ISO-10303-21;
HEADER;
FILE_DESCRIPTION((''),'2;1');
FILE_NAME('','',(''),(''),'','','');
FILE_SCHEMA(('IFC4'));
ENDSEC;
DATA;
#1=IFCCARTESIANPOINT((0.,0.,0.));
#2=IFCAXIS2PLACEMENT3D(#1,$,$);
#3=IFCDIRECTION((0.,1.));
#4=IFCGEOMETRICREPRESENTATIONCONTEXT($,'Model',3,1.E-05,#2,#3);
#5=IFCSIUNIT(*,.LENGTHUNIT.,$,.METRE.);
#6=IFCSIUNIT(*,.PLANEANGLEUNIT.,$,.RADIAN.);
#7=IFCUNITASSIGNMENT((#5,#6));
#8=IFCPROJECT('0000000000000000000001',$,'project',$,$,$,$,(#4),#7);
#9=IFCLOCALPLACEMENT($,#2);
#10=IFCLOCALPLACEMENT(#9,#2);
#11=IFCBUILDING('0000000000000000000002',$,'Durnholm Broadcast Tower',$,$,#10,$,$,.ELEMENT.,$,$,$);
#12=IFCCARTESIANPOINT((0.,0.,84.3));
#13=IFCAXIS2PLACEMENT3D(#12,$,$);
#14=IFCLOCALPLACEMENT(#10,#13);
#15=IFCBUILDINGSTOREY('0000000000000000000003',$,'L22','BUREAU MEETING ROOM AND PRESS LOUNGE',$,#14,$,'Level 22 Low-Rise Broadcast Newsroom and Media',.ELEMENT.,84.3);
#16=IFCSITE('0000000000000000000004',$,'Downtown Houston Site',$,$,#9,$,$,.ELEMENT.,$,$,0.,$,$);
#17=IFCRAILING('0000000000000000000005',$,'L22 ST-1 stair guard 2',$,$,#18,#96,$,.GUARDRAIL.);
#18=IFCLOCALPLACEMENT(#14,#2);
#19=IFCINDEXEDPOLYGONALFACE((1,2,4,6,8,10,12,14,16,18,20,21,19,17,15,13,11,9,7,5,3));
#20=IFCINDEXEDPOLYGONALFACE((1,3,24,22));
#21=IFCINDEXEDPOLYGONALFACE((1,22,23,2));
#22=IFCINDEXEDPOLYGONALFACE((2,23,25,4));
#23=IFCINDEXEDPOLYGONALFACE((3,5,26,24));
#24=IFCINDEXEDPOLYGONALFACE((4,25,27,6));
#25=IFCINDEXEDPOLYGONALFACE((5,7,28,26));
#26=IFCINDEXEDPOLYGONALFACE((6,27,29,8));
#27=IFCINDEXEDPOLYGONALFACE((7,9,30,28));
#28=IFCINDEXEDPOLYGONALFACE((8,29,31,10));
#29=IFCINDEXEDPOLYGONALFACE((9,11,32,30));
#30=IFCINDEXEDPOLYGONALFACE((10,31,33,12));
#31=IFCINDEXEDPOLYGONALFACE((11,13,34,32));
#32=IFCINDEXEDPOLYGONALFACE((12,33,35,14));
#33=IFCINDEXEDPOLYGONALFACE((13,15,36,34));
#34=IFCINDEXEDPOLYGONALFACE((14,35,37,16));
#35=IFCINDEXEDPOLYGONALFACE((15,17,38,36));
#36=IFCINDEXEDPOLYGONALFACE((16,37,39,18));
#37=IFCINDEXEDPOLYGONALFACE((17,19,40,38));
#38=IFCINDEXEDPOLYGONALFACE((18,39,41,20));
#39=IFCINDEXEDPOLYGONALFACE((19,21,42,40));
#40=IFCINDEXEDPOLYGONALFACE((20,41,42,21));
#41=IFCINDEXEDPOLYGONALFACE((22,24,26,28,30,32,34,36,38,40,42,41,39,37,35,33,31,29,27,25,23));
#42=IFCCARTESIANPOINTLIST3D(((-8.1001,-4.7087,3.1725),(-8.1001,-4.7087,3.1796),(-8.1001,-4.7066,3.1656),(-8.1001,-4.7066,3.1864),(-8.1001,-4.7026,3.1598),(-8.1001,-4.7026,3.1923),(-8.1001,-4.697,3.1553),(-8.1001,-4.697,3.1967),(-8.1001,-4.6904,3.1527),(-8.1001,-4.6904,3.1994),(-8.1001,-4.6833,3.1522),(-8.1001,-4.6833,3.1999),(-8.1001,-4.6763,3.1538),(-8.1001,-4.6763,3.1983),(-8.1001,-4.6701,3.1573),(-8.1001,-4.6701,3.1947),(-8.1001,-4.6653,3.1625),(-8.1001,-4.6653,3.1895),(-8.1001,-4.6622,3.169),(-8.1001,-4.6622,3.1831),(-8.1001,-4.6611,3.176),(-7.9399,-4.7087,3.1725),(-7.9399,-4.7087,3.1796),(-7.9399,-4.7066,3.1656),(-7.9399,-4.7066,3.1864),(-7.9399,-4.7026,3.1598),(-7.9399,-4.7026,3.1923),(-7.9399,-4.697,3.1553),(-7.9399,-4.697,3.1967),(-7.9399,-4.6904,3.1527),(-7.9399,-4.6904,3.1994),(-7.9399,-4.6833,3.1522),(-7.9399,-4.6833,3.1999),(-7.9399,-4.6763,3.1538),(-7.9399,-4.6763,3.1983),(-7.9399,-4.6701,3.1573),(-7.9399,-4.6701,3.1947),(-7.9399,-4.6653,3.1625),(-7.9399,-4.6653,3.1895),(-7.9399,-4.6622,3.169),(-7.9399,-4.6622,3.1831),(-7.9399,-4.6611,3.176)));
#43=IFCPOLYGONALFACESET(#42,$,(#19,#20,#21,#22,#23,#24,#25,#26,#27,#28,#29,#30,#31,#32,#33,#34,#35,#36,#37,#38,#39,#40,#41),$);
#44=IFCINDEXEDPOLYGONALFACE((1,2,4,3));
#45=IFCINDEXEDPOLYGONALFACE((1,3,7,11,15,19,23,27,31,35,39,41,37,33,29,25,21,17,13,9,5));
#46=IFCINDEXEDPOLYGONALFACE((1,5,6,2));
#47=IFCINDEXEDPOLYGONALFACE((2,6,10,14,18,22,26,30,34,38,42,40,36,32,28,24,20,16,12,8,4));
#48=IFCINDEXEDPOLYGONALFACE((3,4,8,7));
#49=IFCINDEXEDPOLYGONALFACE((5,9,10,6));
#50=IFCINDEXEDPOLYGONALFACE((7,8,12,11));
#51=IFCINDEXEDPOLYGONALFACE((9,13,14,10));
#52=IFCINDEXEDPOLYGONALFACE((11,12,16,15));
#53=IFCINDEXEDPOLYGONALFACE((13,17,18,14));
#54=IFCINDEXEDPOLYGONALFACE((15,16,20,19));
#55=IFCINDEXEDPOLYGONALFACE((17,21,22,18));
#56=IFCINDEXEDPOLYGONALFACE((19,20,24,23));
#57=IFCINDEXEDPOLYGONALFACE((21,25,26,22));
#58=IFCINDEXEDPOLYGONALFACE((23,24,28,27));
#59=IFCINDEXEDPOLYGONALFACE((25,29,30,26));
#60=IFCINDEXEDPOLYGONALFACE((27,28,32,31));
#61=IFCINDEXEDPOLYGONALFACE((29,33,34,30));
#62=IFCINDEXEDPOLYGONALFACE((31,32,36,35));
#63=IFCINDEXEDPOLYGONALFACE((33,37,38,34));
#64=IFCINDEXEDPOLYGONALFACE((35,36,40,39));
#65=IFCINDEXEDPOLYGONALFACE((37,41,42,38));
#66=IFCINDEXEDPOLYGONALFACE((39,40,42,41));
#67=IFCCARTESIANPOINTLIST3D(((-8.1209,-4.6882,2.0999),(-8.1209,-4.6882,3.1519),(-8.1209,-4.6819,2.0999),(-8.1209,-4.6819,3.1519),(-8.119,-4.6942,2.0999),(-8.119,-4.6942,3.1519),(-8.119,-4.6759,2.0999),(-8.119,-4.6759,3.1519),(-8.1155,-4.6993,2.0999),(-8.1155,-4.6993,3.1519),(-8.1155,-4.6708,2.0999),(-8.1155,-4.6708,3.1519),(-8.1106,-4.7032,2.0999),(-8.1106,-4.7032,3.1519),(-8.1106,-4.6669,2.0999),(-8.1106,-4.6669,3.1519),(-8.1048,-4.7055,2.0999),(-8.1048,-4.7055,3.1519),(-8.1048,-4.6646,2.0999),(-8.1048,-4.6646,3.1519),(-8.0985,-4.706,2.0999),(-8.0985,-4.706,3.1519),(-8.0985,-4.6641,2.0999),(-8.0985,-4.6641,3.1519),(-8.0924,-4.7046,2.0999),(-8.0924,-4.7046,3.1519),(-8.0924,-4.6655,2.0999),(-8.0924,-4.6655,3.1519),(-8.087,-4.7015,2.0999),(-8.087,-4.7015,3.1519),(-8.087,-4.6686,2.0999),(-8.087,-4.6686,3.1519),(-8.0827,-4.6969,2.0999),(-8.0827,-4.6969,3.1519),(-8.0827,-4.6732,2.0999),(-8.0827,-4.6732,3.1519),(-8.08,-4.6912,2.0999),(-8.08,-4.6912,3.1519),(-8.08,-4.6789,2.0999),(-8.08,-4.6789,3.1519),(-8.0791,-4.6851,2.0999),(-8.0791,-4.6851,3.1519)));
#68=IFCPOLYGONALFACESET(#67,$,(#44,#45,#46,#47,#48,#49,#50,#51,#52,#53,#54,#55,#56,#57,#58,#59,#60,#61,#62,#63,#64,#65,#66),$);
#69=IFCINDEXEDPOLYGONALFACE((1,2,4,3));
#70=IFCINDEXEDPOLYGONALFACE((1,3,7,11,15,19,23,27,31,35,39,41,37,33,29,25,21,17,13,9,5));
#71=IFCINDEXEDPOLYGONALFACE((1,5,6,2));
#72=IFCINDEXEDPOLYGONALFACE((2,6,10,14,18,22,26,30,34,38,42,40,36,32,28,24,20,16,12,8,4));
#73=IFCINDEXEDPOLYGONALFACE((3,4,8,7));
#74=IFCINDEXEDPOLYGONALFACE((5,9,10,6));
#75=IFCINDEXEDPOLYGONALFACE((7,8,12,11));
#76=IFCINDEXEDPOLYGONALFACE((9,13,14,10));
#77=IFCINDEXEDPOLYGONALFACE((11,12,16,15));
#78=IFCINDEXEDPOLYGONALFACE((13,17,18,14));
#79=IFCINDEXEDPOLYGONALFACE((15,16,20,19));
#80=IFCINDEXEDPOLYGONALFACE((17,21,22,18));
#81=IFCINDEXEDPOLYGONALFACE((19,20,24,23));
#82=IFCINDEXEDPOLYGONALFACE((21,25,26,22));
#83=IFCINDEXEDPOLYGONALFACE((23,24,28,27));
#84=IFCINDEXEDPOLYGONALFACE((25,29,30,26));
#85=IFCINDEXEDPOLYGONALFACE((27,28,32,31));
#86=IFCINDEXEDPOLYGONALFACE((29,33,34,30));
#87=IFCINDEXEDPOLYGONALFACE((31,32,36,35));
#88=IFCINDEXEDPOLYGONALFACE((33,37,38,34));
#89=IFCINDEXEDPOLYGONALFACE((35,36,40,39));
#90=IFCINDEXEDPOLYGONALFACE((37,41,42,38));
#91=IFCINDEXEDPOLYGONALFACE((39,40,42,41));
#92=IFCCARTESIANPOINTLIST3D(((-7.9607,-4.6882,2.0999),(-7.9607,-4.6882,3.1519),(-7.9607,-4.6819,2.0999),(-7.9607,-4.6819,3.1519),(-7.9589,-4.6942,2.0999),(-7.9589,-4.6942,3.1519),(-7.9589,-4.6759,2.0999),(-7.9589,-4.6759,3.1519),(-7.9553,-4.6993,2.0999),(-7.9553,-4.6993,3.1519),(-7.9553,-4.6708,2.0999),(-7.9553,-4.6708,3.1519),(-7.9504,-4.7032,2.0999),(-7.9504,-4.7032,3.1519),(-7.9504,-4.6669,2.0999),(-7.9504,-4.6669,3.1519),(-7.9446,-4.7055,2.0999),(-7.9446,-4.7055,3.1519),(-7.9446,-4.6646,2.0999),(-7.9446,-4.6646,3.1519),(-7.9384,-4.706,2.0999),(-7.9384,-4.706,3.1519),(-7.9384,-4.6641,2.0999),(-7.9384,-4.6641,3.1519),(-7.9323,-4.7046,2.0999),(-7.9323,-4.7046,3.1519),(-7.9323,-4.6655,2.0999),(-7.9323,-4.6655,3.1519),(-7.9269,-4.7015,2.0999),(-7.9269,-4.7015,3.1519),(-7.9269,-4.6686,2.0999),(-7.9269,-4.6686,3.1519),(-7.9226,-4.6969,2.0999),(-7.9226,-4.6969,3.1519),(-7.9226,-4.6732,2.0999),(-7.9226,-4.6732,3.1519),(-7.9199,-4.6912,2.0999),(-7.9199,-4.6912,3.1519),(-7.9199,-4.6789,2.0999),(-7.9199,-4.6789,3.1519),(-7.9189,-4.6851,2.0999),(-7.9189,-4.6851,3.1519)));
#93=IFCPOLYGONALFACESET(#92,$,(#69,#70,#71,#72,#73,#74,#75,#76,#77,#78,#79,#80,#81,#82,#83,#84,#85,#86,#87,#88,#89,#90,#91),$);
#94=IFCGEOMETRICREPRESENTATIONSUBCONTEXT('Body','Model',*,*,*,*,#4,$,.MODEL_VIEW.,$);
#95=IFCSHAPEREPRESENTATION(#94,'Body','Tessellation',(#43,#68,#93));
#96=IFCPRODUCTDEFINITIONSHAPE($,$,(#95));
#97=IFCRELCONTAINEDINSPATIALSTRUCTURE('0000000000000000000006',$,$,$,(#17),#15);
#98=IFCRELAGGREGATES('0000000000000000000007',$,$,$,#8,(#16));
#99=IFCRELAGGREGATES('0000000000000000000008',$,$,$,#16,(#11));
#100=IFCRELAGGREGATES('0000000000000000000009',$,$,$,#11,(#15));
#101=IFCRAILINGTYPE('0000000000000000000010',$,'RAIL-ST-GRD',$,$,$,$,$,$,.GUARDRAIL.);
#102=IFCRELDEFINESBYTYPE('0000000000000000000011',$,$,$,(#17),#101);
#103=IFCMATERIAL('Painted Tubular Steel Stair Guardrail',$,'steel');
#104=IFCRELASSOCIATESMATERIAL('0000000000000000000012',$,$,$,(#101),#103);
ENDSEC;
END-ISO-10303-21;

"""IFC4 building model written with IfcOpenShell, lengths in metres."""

from ifc_helpers import new_model, si_unit, direction, frame, origin, origin_2d, place, context, subcontext, project, spatial, circle, extrude, material, type_object, element, save


model = new_model("IFC4")

# Units and contexts
model_context = context("Model", 3, precision=1e-05, world=origin(), true_north=direction((0.0, 1.0)))
body_context = subcontext(model_context, "Body", "Model", "MODEL_VIEW")
ifc_project = project(units=[si_unit("LENGTHUNIT", "METRE"), si_unit("PLANEANGLEUNIT", "RADIAN")], contexts=[model_context])

# Site, building, storey
site_placement = place(None, origin())
site = spatial("IfcSite", under=ifc_project, at=site_placement, Name="Downtown Houston Site", CompositionType="ELEMENT", RefElevation=0.0)
building_placement = place(site_placement, origin())
building = spatial("IfcBuilding", under=site, at=building_placement, Name="Durnholm Broadcast Tower", CompositionType="ELEMENT")
storey_placement = place(building_placement, frame((0.0, 0.0, 84.3)))
storey = spatial("IfcBuildingStorey", under=building, at=storey_placement, Name="L22", Description="BUREAU MEETING ROOM AND PRESS LOUNGE", LongName="Level 22 Low-Rise Broadcast Newsroom and Media", CompositionType="ELEMENT", Elevation=84.3)

# Railing
ifc_material_1 = material(Name="Painted Tubular Steel Stair Guardrail", Category="steel")
railing_type_1 = type_object("IfcRailingType", Name="RAIL-ST-GRD", PredefinedType="GUARDRAIL", material=ifc_material_1)
railing_1_placement = place(storey_placement, frame((-8.1001, -4.6851, 2.0999)))
element("IfcRailing", 1, at=railing_1_placement, inside=storey, type_object=railing_type_1, Name="L22 ST-1 stair guard 2", PredefinedType="GUARDRAIL", context=body_context, shape_type="SweptSolid", body=[
    extrude(circle(Radius=0.0239, at=origin_2d()), frame((0.0, 0.0, 1.0762), z_axis=(1.0, 0.0, 0.0), x_axis=(0.0, 1.0, 0.0)), (0.0, 0.0, 1.0), 0.1602),
    extrude(circle(Radius=0.021, at=origin_2d()), origin(), (0.0, 0.0, 1.0), 1.052),
    extrude(circle(Radius=0.021, at=origin_2d()), frame((0.1602, 0.0, 0.0)), (0.0, 0.0, 1.0), 1.052),
])

save(model, "model.ifc")
